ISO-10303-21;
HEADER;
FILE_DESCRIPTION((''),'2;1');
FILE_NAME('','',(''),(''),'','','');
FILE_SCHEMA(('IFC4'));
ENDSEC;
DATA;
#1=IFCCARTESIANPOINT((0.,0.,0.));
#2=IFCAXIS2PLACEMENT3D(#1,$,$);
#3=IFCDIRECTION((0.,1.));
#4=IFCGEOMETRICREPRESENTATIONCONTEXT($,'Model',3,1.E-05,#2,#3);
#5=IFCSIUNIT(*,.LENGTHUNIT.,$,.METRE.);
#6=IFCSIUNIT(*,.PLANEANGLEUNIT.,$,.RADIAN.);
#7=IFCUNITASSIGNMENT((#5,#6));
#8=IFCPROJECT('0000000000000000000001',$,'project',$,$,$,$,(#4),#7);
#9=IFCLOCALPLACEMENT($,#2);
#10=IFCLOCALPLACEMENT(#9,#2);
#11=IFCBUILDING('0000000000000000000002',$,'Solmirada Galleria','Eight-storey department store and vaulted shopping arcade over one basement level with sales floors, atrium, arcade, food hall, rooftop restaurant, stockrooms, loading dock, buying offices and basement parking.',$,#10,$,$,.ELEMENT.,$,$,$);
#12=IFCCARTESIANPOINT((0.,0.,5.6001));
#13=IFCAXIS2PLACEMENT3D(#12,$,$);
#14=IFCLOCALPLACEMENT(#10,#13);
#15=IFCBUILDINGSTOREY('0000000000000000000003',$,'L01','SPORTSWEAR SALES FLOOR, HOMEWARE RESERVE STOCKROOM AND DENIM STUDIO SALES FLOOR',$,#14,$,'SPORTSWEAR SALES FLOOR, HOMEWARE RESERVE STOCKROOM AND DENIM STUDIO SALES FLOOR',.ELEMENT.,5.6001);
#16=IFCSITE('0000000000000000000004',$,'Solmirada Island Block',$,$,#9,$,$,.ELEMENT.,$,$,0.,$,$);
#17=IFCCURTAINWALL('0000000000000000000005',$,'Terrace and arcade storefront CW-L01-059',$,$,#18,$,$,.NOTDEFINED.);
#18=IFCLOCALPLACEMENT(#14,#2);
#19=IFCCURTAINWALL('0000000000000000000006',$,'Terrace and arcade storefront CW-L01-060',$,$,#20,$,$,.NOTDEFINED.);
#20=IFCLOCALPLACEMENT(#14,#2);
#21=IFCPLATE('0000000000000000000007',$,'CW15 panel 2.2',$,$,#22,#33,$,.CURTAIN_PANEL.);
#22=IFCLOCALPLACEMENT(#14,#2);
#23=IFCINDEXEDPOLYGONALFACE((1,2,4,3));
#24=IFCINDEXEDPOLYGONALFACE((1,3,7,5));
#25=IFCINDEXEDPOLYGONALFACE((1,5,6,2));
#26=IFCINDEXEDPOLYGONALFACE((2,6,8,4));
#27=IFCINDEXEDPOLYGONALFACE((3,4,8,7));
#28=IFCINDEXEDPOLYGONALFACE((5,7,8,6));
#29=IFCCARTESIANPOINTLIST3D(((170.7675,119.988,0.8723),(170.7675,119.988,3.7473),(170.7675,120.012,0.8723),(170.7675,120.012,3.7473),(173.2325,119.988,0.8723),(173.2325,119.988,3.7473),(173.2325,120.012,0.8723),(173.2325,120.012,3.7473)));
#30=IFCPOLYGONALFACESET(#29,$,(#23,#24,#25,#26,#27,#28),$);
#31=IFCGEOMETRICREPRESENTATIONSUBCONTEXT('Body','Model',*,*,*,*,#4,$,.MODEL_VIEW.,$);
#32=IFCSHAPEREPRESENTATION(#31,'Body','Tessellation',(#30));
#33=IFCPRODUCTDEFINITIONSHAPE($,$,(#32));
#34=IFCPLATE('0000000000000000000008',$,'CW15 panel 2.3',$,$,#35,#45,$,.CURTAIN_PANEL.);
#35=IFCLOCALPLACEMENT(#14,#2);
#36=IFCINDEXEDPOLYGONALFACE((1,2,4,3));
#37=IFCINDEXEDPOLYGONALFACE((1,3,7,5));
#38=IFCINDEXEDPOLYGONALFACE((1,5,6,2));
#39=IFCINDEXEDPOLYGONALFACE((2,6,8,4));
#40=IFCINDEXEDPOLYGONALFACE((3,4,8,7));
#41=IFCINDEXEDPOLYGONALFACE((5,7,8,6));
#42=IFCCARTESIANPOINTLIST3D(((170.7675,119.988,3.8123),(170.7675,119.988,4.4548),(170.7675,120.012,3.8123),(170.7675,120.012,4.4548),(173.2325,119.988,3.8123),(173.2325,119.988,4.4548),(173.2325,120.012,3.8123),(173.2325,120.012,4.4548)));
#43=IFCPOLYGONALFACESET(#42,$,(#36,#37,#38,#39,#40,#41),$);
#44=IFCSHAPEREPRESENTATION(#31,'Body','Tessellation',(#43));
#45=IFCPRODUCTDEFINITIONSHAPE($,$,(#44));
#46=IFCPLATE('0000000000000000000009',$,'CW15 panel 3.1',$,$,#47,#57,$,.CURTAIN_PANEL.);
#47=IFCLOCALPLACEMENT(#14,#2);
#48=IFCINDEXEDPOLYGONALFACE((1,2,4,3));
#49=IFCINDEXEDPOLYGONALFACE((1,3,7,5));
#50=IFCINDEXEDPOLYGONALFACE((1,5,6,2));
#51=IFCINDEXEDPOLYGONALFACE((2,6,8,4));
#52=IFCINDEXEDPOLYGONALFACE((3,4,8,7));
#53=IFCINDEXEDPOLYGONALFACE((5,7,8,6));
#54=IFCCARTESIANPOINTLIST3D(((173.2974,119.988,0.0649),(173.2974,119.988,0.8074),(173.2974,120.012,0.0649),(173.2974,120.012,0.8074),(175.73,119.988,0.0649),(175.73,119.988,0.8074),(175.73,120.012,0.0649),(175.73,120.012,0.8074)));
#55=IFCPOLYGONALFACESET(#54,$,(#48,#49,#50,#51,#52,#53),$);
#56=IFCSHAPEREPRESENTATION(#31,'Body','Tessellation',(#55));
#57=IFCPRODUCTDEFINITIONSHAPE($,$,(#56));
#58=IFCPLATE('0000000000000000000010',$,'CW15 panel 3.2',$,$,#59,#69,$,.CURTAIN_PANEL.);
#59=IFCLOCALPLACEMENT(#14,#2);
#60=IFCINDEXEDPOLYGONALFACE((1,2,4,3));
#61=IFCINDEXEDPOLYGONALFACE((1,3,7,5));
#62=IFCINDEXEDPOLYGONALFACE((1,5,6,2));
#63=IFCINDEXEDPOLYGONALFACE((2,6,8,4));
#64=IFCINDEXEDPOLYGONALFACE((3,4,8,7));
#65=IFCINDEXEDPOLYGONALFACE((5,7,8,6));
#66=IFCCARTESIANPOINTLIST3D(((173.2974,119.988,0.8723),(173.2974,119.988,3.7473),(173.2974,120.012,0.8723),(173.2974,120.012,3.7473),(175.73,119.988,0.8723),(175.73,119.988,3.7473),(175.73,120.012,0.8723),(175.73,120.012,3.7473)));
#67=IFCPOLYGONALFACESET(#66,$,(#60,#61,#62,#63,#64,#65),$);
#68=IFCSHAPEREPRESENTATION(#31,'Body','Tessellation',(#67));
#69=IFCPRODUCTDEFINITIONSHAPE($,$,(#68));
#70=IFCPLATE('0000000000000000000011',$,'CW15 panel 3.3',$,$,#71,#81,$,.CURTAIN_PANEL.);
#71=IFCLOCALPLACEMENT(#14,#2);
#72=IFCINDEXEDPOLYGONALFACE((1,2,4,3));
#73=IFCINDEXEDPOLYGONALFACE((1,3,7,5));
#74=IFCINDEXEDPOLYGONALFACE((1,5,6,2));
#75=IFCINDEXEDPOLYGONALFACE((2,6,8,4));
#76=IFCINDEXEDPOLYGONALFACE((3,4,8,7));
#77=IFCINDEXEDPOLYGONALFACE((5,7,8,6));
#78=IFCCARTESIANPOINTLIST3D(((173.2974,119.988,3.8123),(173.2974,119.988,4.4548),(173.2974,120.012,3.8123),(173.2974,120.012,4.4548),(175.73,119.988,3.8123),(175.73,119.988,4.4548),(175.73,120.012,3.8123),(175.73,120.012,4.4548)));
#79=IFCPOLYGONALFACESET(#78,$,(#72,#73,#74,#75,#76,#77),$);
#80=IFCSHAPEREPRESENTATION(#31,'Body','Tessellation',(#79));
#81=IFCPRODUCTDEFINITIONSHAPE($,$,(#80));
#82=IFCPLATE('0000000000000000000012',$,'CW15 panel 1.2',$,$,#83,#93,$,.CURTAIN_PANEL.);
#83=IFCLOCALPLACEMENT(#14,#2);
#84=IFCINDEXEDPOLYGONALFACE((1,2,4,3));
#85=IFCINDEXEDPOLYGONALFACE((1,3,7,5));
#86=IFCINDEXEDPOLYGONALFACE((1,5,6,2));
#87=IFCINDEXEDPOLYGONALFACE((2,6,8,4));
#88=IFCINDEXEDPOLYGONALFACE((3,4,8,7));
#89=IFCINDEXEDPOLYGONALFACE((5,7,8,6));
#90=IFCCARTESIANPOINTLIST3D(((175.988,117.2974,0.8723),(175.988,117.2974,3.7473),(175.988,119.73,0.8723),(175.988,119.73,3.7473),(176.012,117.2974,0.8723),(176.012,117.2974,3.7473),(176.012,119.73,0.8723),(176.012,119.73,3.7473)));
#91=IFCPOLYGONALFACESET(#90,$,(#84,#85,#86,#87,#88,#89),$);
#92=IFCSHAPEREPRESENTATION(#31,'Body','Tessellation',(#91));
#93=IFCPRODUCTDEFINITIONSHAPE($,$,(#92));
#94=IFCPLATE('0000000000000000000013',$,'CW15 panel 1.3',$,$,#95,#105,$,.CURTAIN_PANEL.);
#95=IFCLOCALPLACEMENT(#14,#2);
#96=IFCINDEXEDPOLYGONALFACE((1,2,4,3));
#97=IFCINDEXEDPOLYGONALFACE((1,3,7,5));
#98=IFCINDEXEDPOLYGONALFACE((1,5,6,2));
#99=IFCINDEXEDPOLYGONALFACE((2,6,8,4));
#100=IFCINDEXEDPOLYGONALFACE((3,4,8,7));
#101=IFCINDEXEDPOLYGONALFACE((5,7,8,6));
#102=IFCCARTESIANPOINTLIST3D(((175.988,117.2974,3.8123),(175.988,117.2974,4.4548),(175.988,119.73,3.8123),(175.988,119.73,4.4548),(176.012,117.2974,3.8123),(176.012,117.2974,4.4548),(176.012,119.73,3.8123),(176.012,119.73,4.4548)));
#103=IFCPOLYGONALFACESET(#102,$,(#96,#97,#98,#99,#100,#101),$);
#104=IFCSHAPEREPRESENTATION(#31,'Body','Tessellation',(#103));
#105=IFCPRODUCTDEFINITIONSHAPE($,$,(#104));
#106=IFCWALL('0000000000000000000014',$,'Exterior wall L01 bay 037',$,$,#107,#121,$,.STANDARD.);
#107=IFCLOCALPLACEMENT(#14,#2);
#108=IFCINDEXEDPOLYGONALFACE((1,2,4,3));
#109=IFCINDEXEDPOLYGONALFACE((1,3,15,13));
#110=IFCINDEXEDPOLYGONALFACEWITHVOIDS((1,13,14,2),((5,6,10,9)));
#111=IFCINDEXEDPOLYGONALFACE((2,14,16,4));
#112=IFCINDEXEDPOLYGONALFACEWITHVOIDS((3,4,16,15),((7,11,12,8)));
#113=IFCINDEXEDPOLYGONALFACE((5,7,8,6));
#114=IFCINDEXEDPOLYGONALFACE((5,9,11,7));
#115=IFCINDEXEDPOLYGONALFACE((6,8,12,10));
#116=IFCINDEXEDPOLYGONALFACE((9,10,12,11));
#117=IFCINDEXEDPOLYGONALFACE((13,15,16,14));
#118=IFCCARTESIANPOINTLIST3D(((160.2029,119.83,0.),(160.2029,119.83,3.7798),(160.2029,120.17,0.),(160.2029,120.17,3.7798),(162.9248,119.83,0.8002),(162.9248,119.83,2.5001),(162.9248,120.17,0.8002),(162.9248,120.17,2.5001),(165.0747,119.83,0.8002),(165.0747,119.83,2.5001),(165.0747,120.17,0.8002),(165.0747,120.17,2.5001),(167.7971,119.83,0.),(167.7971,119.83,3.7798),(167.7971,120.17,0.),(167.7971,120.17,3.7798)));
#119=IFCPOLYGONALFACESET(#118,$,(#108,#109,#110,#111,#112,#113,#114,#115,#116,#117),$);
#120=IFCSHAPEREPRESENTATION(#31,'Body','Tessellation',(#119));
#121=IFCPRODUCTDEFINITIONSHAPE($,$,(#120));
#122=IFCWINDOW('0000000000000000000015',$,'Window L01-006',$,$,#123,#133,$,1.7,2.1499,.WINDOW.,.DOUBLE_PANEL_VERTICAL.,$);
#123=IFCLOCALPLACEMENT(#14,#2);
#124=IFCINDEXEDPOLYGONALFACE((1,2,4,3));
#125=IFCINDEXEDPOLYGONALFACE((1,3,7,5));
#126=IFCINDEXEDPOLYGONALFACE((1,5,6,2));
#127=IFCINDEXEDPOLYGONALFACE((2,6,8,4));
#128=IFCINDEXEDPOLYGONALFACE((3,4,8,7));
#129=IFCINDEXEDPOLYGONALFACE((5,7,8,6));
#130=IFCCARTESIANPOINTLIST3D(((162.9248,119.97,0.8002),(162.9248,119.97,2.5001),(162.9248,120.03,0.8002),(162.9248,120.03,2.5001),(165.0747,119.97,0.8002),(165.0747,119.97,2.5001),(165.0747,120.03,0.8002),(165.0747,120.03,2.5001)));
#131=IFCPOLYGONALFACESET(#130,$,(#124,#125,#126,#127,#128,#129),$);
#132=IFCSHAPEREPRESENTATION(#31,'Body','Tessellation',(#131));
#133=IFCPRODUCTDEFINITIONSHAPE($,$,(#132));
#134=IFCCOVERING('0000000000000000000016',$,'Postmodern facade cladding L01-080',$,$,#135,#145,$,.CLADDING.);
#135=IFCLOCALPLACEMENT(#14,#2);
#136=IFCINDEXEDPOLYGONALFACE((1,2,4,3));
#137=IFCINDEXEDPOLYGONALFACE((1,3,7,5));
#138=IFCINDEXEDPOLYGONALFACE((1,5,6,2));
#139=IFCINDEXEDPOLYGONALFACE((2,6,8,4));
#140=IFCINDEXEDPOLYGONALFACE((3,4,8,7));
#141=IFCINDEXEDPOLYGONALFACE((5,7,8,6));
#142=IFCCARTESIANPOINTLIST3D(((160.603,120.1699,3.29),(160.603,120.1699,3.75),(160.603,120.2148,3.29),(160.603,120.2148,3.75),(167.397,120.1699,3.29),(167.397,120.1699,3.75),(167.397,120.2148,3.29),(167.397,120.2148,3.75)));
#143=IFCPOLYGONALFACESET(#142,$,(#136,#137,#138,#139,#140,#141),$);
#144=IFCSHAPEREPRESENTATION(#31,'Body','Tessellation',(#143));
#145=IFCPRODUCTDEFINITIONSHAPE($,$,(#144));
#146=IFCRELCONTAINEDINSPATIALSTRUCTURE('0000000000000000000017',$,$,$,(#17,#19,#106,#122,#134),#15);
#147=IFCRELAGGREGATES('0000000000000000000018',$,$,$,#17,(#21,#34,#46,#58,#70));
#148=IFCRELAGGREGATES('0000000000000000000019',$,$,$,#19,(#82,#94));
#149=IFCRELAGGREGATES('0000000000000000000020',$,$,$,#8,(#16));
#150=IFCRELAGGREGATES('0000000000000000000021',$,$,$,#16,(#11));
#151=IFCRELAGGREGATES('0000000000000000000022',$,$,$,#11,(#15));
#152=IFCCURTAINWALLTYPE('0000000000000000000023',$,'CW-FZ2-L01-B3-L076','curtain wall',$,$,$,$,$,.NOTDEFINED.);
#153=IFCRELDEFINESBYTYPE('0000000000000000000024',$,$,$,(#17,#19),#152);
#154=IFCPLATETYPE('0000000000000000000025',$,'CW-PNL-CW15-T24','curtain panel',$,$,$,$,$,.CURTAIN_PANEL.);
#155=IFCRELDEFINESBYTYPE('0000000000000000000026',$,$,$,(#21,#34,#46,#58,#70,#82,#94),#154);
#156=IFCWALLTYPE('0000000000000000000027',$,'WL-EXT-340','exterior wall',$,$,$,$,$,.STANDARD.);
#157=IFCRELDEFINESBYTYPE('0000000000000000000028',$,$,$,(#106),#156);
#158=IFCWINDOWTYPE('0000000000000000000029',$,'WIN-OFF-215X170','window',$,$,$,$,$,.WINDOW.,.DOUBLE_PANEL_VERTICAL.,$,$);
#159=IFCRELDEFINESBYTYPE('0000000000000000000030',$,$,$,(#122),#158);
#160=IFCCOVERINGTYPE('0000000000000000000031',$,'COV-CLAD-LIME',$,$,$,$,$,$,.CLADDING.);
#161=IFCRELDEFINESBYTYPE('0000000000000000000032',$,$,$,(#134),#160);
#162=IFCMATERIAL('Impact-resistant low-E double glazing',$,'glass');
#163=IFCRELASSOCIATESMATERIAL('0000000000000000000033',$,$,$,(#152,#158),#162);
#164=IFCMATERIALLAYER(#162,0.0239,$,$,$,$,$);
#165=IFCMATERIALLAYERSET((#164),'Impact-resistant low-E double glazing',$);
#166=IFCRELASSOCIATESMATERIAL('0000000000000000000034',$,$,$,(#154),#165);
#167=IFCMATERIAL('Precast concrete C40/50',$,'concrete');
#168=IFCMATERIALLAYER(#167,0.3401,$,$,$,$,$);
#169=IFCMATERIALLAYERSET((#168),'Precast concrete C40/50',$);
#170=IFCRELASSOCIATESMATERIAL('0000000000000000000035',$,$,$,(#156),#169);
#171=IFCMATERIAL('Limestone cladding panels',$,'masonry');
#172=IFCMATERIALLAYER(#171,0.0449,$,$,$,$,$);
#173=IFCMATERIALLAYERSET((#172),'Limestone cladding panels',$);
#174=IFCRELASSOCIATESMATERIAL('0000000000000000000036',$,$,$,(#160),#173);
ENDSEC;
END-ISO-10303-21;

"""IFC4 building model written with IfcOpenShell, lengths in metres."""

from ifc_helpers import new_model, si_unit, direction, frame, frame_2d, origin, origin_2d, place, context, subcontext, project, spatial, rectangle, extrude, material, layer, layer_set, type_object, element, fill, aggregate, save


model = new_model("IFC4")

# Units and contexts
model_context = context("Model", 3, precision=1e-05, world=origin(), true_north=direction((0.0, 1.0)))
body_context = subcontext(model_context, "Body", "Model", "MODEL_VIEW")
ifc_project = project(units=[si_unit("LENGTHUNIT", "METRE"), si_unit("PLANEANGLEUNIT", "RADIAN")], contexts=[model_context])

# Site, building, storey
site_placement = place(None, origin())
site = spatial("IfcSite", under=ifc_project, at=site_placement, Name="Solmirada Island Block", CompositionType="ELEMENT", RefElevation=0.0)
building_placement = place(site_placement, origin())
building = spatial("IfcBuilding", under=site, at=building_placement, Name="Solmirada Galleria", Description="Eight-storey department store and vaulted shopping arcade over one basement level with sales floors, atrium, arcade, food hall, rooftop restaurant, stockrooms, loading dock, buying offices and basement parking.", CompositionType="ELEMENT")
storey_placement = place(building_placement, frame((0.0, 0.0, 5.6001)))
storey = spatial("IfcBuildingStorey", under=building, at=storey_placement, Name="L01", Description="SPORTSWEAR SALES FLOOR, HOMEWARE RESERVE STOCKROOM AND DENIM STUDIO SALES FLOOR", LongName="SPORTSWEAR SALES FLOOR, HOMEWARE RESERVE STOCKROOM AND DENIM STUDIO SALES FLOOR", CompositionType="ELEMENT", Elevation=5.6001)

# Curtain wall
ifc_material_1 = material(Name="Impact-resistant low-E double glazing", Category="glass")
curtain_wall_type = type_object("IfcCurtainWallType", Name="CW-FZ2-L01-B3-L076", Description="curtain wall", PredefinedType="NOTDEFINED", material=ifc_material_1)
curtain_wall_1_placement = place(storey_placement, origin())
curtain_wall_1 = element("IfcCurtainWall", 1, at=curtain_wall_1_placement, inside=storey, type_object=curtain_wall_type, Name="Terrace and arcade storefront CW-L01-059", PredefinedType="NOTDEFINED")

# Curtain wall
curtain_wall_2_placement = place(storey_placement, origin())
curtain_wall_2 = element("IfcCurtainWall", 2, at=curtain_wall_2_placement, inside=storey, type_object=curtain_wall_type, Name="Terrace and arcade storefront CW-L01-060", PredefinedType="NOTDEFINED")

# Plates
ifc_layer_1 = layer(ifc_material_1, 0.0239)
ifc_layer_set_1 = layer_set([ifc_layer_1], Name="Impact-resistant low-E double glazing")
plate_type = type_object("IfcPlateType", Name="CW-PNL-CW15-T24", Description="curtain panel", PredefinedType="CURTAIN_PANEL", material=ifc_layer_set_1)
plate_1_placement = place(storey_placement, frame((172.0, 120.0, 0.8723), z_axis=(0.0, 0.0, 1.0), x_axis=(1.0, 0.0, 0.0)))
plate_1 = element("IfcPlate", 3, at=plate_1_placement, type_object=plate_type, Name="CW15 panel 2.2", PredefinedType="CURTAIN_PANEL", context=body_context, shape_type="SweptSolid", body=[
    extrude(rectangle(XDim=2.4651, YDim=0.0239, at=origin_2d()), origin(), (0.0, 0.0, 1.0), 2.875),
])
plate_2_placement = place(storey_placement, frame((172.0, 120.0, 3.8123), z_axis=(0.0, 0.0, 1.0), x_axis=(1.0, 0.0, 0.0)))
plate_2 = element("IfcPlate", 4, at=plate_2_placement, type_object=plate_type, Name="CW15 panel 2.3", PredefinedType="CURTAIN_PANEL", context=body_context, shape_type="SweptSolid", body=[
    extrude(rectangle(XDim=2.4651, YDim=0.0239, at=origin_2d()), origin(), (0.0, 0.0, 1.0), 0.6426),
])
plate_3_placement = place(storey_placement, frame((174.5137, 120.0, 0.0649), z_axis=(0.0, 0.0, 1.0), x_axis=(1.0, 0.0, 0.0)))
plate_3 = element("IfcPlate", 5, at=plate_3_placement, type_object=plate_type, Name="CW15 panel 3.1", PredefinedType="CURTAIN_PANEL", context=body_context, shape_type="SweptSolid", body=[
    extrude(rectangle(XDim=2.4326, YDim=0.0239, at=origin_2d()), origin(), (0.0, 0.0, 1.0), 0.7424),
])
plate_4_placement = place(storey_placement, frame((174.5137, 120.0, 0.8723), z_axis=(0.0, 0.0, 1.0), x_axis=(1.0, 0.0, 0.0)))
plate_4 = element("IfcPlate", 6, at=plate_4_placement, type_object=plate_type, Name="CW15 panel 3.2", PredefinedType="CURTAIN_PANEL", context=body_context, shape_type="SweptSolid", body=[
    extrude(rectangle(XDim=2.4326, YDim=0.0239, at=origin_2d()), origin(), (0.0, 0.0, 1.0), 2.875),
])
plate_5_placement = place(storey_placement, frame((174.5137, 120.0, 3.8123), z_axis=(0.0, 0.0, 1.0), x_axis=(1.0, 0.0, 0.0)))
plate_5 = element("IfcPlate", 7, at=plate_5_placement, type_object=plate_type, Name="CW15 panel 3.3", PredefinedType="CURTAIN_PANEL", context=body_context, shape_type="SweptSolid", body=[
    extrude(rectangle(XDim=2.4326, YDim=0.0239, at=origin_2d()), origin(), (0.0, 0.0, 1.0), 0.6426),
])
aggregate(curtain_wall_1, [plate_1, plate_2, plate_3, plate_4, plate_5])
plate_6_placement = place(storey_placement, frame((176.0, 118.5137, 0.8723), z_axis=(0.0, 0.0, 1.0), x_axis=(0.0, -1.0, 0.0)))
plate_6 = element("IfcPlate", 8, at=plate_6_placement, type_object=plate_type, Name="CW15 panel 1.2", PredefinedType="CURTAIN_PANEL", context=body_context, shape_type="SweptSolid", body=[
    extrude(rectangle(XDim=2.4326, YDim=0.0239, at=origin_2d()), origin(), (0.0, 0.0, 1.0), 2.875),
])
plate_7_placement = place(storey_placement, frame((176.0, 118.5137, 3.8123), z_axis=(0.0, 0.0, 1.0), x_axis=(0.0, -1.0, 0.0)))
plate_7 = element("IfcPlate", 9, at=plate_7_placement, type_object=plate_type, Name="CW15 panel 1.3", PredefinedType="CURTAIN_PANEL", context=body_context, shape_type="SweptSolid", body=[
    extrude(rectangle(XDim=2.4326, YDim=0.0239, at=origin_2d()), origin(), (0.0, 0.0, 1.0), 0.6426),
])
aggregate(curtain_wall_2, [plate_6, plate_7])

# Wall, opening, window
ifc_material_2 = material(Name="Precast concrete C40/50", Category="concrete")
ifc_layer_2 = layer(ifc_material_2, 0.3401)
ifc_layer_set_2 = layer_set([ifc_layer_2], Name="Precast concrete C40/50")
wall_type = type_object("IfcWallType", Name="WL-EXT-340", Description="exterior wall", PredefinedType="STANDARD", material=ifc_layer_set_2)
wall_placement = place(storey_placement, frame((160.2029, 120.0, 0.0), z_axis=(0.0, 0.0, 1.0), x_axis=(1.0, 0.0, 0.0)))
wall = element("IfcWall", 10, at=wall_placement, inside=storey, type_object=wall_type, Name="Exterior wall L01 bay 037", PredefinedType="STANDARD", context=body_context, shape_type="SweptSolid", body=[
    extrude(rectangle(XDim=7.5942, YDim=0.3401, at=frame_2d((3.7971, 0.0))), origin(), (0.0, 0.0, 1.0), 3.7798),
])
opening_placement = place(wall_placement, frame((2.7219, 0.0, 0.8)))
opening = element("IfcOpeningElement", 11, at=opening_placement, cuts=wall, PredefinedType="OPENING", context=body_context, shape_type="SweptSolid", body=[
    extrude(rectangle(XDim=2.1499, YDim=1.7, at=frame_2d((1.075, 0.8501))), frame((0.0, 0.1799, 0.0), z_axis=(0.0, -1.0, 0.0), x_axis=(1.0, 0.0, 0.0)), (0.0, 0.0, 1.0), 0.3601),
])
window_type = type_object("IfcWindowType", Name="WIN-OFF-215X170", Description="window", PartitioningType="DOUBLE_PANEL_VERTICAL", PredefinedType="WINDOW", material=ifc_material_1)
window_placement = place(opening_placement, origin())
window = element("IfcWindow", 12, at=window_placement, inside=storey, type_object=window_type, Name="Window L01-006", OverallHeight=1.7, OverallWidth=2.1499, PartitioningType="DOUBLE_PANEL_VERTICAL", PredefinedType="WINDOW", context=body_context, shape_type="SweptSolid", body=[
    extrude(rectangle(XDim=2.1499, YDim=1.7, at=frame_2d((1.075, 0.8501))), frame((0.0, 0.03, 0.0), z_axis=(0.0, -1.0, 0.0), x_axis=(1.0, 0.0, 0.0)), (0.0, 0.0, 1.0), 0.0601),
])
fill(opening, window)

# Covering
ifc_material_3 = material(Name="Limestone cladding panels", Category="masonry")
ifc_layer_3 = layer(ifc_material_3, 0.0449)
ifc_layer_set_3 = layer_set([ifc_layer_3], Name="Limestone cladding panels")
covering_type = type_object("IfcCoveringType", Name="COV-CLAD-LIME", PredefinedType="CLADDING", material=ifc_layer_set_3)
covering_placement = place(storey_placement, frame((164.0, 120.1924, 3.29), z_axis=(0.0, 0.0, 1.0), x_axis=(1.0, 0.0, 0.0)))
element("IfcCovering", 13, at=covering_placement, inside=storey, type_object=covering_type, Name="Postmodern facade cladding L01-080", PredefinedType="CLADDING", context=body_context, shape_type="SweptSolid", body=[
    extrude(rectangle(XDim=6.7939, YDim=0.0449, at=origin_2d()), origin(), (0.0, 0.0, 1.0), 0.46),
])

save(model, "model.ifc")
